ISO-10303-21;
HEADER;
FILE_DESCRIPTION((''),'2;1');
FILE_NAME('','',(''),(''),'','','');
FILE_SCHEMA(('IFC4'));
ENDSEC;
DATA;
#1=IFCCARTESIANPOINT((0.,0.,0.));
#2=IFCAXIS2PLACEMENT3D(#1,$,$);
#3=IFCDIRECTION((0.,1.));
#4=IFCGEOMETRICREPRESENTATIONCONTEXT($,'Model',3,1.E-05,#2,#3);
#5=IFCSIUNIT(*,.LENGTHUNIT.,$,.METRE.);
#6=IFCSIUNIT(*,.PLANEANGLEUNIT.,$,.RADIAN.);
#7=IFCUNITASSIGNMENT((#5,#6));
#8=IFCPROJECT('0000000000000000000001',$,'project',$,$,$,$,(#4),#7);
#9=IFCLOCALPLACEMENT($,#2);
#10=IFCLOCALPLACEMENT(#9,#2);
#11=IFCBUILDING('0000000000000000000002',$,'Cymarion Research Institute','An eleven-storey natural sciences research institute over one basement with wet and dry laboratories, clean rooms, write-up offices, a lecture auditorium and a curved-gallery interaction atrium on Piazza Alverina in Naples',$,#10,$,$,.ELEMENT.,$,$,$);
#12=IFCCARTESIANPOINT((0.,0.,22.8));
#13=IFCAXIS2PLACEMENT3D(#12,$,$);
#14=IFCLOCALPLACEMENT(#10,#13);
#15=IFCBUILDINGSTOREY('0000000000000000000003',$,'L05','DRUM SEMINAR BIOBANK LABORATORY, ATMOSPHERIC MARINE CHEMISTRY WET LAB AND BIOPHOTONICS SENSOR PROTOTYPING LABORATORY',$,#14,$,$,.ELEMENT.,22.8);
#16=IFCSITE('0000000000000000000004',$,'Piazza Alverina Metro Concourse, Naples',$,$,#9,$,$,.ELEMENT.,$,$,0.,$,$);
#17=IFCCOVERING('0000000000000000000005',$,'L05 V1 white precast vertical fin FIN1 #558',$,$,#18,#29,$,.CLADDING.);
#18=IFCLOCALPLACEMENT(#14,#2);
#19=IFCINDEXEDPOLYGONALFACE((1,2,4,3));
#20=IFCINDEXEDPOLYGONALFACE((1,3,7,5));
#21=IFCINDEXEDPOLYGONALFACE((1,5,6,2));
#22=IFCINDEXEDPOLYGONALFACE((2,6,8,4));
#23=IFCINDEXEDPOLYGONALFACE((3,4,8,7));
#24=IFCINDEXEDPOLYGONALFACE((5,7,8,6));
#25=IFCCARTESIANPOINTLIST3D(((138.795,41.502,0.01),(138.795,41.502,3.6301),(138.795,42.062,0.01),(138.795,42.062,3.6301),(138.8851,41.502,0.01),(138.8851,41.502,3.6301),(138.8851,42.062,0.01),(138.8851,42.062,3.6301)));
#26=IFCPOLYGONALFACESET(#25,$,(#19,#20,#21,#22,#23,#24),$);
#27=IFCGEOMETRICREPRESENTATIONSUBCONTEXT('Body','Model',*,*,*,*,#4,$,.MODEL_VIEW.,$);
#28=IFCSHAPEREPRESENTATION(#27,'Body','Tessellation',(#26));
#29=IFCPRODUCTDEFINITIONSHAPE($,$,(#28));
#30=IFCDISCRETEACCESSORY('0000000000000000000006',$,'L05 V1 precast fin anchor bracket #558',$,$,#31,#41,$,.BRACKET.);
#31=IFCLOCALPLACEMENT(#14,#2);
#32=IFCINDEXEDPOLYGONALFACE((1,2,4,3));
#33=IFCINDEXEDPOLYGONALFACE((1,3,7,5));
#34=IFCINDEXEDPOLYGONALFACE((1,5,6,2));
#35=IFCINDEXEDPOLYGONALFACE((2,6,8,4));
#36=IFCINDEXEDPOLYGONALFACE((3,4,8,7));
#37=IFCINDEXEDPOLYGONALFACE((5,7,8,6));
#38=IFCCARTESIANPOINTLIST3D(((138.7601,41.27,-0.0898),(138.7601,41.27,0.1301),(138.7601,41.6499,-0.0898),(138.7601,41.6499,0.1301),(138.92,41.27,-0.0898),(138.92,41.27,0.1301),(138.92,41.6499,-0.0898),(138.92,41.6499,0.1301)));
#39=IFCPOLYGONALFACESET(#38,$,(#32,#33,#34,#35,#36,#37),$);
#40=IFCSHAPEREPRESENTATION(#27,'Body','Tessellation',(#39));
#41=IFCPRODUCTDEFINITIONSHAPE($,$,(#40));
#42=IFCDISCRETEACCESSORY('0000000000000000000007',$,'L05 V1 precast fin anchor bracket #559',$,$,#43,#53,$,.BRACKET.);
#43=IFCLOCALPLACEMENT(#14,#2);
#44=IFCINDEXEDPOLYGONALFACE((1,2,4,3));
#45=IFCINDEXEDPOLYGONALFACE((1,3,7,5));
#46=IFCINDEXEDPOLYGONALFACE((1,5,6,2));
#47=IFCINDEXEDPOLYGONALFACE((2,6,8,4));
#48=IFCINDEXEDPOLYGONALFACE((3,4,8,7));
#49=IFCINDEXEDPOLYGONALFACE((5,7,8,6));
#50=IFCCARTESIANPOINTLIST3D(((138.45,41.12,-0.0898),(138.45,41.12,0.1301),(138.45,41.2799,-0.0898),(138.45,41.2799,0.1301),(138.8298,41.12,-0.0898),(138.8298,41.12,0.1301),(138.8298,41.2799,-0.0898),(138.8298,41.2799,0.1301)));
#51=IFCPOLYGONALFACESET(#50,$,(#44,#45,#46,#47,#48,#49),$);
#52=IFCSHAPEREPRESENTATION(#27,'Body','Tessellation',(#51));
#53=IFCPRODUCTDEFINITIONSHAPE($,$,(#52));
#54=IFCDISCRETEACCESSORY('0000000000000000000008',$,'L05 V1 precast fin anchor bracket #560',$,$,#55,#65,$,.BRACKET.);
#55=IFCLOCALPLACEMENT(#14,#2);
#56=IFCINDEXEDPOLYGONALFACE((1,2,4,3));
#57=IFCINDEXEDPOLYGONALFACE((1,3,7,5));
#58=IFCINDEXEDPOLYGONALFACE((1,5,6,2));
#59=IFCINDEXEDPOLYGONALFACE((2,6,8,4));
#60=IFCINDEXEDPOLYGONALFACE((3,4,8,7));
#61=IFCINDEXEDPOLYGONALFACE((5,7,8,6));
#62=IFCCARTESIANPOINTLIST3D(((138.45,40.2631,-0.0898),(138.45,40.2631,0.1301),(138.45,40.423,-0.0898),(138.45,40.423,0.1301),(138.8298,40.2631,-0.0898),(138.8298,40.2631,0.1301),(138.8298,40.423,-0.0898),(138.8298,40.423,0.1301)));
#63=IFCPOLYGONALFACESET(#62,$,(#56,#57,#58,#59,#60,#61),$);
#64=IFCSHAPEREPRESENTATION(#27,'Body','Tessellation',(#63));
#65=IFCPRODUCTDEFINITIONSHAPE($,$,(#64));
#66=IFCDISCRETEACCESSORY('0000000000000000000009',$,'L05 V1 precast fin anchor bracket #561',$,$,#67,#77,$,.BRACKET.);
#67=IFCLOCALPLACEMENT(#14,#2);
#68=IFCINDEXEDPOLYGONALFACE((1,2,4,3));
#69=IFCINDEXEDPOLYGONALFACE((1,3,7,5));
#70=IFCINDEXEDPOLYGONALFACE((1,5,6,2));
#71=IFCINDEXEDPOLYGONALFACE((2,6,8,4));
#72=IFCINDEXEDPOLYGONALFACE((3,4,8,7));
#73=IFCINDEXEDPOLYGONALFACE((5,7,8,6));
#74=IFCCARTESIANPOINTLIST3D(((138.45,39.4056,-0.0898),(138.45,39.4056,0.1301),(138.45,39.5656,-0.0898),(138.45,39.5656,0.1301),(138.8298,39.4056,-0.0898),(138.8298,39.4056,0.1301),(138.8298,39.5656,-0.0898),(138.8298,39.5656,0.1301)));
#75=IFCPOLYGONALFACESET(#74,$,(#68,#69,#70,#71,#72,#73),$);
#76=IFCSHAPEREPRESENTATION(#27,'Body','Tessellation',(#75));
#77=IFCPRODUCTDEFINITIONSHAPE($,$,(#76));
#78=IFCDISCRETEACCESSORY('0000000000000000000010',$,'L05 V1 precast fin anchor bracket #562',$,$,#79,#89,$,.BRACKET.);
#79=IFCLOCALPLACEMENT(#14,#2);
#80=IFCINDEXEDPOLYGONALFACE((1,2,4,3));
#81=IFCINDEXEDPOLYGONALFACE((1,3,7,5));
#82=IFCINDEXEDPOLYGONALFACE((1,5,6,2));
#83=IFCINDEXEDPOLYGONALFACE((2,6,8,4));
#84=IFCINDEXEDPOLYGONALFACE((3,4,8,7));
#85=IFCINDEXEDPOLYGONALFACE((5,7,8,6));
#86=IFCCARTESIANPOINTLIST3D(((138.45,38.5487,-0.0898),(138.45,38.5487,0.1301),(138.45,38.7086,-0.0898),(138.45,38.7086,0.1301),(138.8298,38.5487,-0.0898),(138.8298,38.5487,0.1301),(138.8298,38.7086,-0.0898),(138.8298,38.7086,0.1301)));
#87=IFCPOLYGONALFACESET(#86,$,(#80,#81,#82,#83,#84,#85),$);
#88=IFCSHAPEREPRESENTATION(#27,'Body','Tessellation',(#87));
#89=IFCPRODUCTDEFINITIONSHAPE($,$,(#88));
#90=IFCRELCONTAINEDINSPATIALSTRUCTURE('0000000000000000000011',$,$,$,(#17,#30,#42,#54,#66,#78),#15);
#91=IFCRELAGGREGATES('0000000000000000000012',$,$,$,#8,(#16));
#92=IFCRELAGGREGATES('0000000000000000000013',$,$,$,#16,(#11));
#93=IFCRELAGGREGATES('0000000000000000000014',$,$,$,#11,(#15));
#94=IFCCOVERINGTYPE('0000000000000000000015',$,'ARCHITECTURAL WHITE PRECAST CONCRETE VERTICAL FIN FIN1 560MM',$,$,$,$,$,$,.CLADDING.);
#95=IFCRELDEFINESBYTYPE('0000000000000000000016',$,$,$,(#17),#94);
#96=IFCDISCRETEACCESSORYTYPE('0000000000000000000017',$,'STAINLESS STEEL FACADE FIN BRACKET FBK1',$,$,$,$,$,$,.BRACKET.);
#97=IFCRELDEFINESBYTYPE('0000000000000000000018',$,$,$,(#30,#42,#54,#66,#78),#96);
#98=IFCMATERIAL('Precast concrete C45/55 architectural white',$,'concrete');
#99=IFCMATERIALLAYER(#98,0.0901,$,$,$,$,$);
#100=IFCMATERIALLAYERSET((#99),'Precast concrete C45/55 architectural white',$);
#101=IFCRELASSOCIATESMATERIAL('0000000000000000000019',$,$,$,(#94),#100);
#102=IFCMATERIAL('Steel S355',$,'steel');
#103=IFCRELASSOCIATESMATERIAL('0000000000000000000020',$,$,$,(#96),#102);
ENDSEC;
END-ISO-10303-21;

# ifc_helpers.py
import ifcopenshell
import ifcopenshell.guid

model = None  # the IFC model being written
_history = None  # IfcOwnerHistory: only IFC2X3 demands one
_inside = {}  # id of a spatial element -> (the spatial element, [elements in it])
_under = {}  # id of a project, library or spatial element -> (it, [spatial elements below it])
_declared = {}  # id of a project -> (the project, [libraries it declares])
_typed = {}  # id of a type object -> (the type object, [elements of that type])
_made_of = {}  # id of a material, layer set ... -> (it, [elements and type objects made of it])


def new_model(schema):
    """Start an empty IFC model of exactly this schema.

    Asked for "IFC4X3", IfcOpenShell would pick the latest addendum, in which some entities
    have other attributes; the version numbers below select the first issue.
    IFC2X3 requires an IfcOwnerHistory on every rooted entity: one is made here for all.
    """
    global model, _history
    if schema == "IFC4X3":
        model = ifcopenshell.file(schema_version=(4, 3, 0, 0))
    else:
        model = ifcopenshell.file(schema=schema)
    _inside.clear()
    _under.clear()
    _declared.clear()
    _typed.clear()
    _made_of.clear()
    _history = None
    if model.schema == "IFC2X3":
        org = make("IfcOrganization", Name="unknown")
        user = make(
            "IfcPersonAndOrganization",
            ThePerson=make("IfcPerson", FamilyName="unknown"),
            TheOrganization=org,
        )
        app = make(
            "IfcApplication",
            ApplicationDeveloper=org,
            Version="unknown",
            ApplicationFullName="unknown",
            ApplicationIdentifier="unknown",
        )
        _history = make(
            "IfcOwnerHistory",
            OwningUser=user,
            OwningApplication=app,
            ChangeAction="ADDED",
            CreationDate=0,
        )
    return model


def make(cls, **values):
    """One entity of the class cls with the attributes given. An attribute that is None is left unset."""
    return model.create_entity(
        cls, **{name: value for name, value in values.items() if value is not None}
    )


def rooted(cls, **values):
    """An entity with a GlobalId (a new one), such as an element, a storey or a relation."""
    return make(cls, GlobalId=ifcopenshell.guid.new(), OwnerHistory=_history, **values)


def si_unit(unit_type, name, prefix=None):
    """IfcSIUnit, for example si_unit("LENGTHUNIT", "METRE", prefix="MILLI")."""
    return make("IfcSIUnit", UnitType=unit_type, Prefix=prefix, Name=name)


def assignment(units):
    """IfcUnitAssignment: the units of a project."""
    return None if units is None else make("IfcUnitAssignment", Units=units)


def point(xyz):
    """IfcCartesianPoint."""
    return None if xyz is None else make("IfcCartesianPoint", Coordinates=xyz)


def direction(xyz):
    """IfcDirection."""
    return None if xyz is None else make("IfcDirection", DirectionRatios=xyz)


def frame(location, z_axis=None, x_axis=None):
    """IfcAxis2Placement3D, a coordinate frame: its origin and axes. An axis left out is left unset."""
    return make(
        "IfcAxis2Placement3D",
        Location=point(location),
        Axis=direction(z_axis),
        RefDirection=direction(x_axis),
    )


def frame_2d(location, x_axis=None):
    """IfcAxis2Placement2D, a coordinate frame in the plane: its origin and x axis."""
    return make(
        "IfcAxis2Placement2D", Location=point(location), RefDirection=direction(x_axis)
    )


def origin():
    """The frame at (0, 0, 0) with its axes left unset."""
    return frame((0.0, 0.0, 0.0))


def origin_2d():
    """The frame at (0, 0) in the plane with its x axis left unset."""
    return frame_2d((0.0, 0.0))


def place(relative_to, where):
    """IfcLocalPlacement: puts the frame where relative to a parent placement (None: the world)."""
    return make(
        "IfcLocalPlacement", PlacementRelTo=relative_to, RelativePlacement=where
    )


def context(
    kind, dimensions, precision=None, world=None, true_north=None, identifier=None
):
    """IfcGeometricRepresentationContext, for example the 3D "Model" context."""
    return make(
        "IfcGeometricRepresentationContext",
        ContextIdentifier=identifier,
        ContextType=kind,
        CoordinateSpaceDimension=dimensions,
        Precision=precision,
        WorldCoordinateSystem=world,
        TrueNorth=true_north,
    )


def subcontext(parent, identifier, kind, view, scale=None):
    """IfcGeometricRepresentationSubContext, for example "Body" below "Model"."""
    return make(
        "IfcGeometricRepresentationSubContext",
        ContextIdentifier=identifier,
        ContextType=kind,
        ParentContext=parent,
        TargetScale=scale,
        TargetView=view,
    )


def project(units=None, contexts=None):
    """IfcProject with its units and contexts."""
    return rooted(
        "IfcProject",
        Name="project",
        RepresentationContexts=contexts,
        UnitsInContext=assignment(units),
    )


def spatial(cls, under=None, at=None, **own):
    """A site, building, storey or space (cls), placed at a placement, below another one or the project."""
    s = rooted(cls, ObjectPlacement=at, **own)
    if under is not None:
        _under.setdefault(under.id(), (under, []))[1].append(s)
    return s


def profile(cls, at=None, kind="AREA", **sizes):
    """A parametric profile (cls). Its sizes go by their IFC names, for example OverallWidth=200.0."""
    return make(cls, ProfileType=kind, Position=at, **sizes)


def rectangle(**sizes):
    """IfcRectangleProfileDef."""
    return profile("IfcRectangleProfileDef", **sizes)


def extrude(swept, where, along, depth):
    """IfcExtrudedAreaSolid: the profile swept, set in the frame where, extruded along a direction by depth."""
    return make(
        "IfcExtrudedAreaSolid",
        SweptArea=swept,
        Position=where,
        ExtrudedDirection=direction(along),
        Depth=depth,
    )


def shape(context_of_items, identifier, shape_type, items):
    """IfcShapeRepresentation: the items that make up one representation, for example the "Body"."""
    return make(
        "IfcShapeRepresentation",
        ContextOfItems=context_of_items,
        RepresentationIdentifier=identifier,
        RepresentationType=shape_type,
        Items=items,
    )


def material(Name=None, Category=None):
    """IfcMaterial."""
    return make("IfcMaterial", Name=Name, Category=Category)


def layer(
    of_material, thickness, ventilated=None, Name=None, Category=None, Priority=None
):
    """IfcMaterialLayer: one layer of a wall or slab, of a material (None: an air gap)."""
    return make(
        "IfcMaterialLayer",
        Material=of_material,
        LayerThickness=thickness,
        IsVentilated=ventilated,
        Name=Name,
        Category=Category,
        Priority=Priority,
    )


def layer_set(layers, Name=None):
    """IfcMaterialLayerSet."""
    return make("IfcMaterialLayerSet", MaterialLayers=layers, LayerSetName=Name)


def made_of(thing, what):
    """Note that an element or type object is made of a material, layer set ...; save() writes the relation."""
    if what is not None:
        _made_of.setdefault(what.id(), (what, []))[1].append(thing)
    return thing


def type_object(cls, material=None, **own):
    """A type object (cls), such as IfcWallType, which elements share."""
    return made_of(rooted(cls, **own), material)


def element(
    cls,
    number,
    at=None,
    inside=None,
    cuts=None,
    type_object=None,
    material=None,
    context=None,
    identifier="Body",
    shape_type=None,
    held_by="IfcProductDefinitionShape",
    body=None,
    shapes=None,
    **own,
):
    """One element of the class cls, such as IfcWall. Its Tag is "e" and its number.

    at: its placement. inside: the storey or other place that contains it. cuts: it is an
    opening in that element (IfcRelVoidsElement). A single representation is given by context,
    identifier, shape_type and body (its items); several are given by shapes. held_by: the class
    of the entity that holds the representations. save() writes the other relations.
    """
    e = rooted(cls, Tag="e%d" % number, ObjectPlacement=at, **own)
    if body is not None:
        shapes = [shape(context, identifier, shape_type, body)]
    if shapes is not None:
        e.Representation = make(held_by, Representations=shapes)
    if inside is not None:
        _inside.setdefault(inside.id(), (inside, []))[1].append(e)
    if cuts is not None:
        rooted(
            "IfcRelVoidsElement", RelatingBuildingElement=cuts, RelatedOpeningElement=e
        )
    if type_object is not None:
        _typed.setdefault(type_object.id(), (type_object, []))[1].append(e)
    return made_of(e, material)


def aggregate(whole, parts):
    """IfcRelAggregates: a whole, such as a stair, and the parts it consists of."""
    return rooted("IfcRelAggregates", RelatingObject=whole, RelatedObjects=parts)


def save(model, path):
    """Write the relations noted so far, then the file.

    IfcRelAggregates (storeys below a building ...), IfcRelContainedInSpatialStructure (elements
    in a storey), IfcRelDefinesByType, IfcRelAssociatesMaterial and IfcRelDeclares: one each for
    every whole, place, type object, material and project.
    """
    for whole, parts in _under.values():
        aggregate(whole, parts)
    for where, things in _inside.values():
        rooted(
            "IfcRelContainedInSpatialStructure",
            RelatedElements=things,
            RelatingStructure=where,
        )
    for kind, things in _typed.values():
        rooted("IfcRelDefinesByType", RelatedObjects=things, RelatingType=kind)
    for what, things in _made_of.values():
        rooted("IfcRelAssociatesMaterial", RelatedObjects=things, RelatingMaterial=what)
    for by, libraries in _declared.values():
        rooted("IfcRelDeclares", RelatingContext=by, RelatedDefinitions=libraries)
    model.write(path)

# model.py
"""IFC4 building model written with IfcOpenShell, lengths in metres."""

from ifc_helpers import new_model, si_unit, direction, frame, origin, origin_2d, place, context, subcontext, project, spatial, rectangle, extrude, material, layer, layer_set, type_object, element, save


model = new_model("IFC4")

# Units and contexts
model_context = context("Model", 3, precision=1e-05, world=origin(), true_north=direction((0.0, 1.0)))
body_context = subcontext(model_context, "Body", "Model", "MODEL_VIEW")
ifc_project = project(units=[si_unit("LENGTHUNIT", "METRE"), si_unit("PLANEANGLEUNIT", "RADIAN")], contexts=[model_context])

# Site, building, storey
site_placement = place(None, origin())
site = spatial("IfcSite", under=ifc_project, at=site_placement, Name="Piazza Alverina Metro Concourse, Naples", CompositionType="ELEMENT", RefElevation=0.0)
building_placement = place(site_placement, origin())
building = spatial("IfcBuilding", under=site, at=building_placement, Name="Cymarion Research Institute", Description="An eleven-storey natural sciences research institute over one basement with wet and dry laboratories, clean rooms, write-up offices, a lecture auditorium and a curved-gallery interaction atrium on Piazza Alverina in Naples", CompositionType="ELEMENT")
storey_placement = place(building_placement, frame((0.0, 0.0, 22.8)))
storey = spatial("IfcBuildingStorey", under=building, at=storey_placement, Name="L05", Description="DRUM SEMINAR BIOBANK LABORATORY, ATMOSPHERIC MARINE CHEMISTRY WET LAB AND BIOPHOTONICS SENSOR PROTOTYPING LABORATORY", CompositionType="ELEMENT", Elevation=22.8)

# Shared definitions
ifc_material_1 = material(Name="Steel S355", Category="steel")

# Covering
ifc_material_2 = material(Name="Precast concrete C45/55 architectural white", Category="concrete")
ifc_layer_1 = layer(ifc_material_2, 0.0901)
ifc_layer_set_1 = layer_set([ifc_layer_1], Name="Precast concrete C45/55 architectural white")
covering_type = type_object("IfcCoveringType", Name="ARCHITECTURAL WHITE PRECAST CONCRETE VERTICAL FIN FIN1 560MM", PredefinedType="CLADDING", material=ifc_layer_set_1)
covering_placement = place(storey_placement, frame((138.8401, 41.782, 0.01), z_axis=(0.0, 0.0, 1.0), x_axis=(0.0, 1.0, 0.0)))
element("IfcCovering", 1, at=covering_placement, inside=storey, type_object=covering_type, Name="L05 V1 white precast vertical fin FIN1 #558", PredefinedType="CLADDING", context=body_context, shape_type="SweptSolid", body=[
    extrude(rectangle(XDim=0.5601, YDim=0.0901, at=origin_2d()), origin(), (0.0, 0.0, 1.0), 3.6201),
])

# Discrete accessories
discrete_accessory_type = type_object("IfcDiscreteAccessoryType", Name="STAINLESS STEEL FACADE FIN BRACKET FBK1", PredefinedType="BRACKET", material=ifc_material_1)
for number, where, z_axis, x_axis, name in (
    (2, (138.8401, 41.46, -0.0898), (0.0, 0.0, 1.0), (0.0, 1.0, 0.0), "L05 V1 precast fin anchor bracket #558"),
    (3, (138.6399, 41.2, -0.0898), (0.0, 0.0, 1.0), (-1.0, 0.0, 0.0), "L05 V1 precast fin anchor bracket #559"),
    (4, (138.6399, 40.343, -0.0898), (0.0, 0.0, 1.0), (-1.0, 0.0, 0.0), "L05 V1 precast fin anchor bracket #560"),
    (5, (138.6399, 39.4856, -0.0898), (0.0, 0.0, 1.0), (-1.0, 0.0, 0.0), "L05 V1 precast fin anchor bracket #561"),
    (6, (138.6399, 38.6287, -0.0898), (0.0, 0.0, 1.0), (-1.0, 0.0, 0.0), "L05 V1 precast fin anchor bracket #562"),
):
    element("IfcDiscreteAccessory", number, at=place(storey_placement, frame(where, z_axis=z_axis, x_axis=x_axis)), inside=storey, type_object=discrete_accessory_type, Name=name, PredefinedType="BRACKET", context=body_context, shape_type="SweptSolid", body=[
        extrude(rectangle(XDim=0.3799, YDim=0.1599, at=origin_2d()), origin(), (0.0, 0.0, 1.0), 0.22),
    ])

save(model, "model.ifc")
